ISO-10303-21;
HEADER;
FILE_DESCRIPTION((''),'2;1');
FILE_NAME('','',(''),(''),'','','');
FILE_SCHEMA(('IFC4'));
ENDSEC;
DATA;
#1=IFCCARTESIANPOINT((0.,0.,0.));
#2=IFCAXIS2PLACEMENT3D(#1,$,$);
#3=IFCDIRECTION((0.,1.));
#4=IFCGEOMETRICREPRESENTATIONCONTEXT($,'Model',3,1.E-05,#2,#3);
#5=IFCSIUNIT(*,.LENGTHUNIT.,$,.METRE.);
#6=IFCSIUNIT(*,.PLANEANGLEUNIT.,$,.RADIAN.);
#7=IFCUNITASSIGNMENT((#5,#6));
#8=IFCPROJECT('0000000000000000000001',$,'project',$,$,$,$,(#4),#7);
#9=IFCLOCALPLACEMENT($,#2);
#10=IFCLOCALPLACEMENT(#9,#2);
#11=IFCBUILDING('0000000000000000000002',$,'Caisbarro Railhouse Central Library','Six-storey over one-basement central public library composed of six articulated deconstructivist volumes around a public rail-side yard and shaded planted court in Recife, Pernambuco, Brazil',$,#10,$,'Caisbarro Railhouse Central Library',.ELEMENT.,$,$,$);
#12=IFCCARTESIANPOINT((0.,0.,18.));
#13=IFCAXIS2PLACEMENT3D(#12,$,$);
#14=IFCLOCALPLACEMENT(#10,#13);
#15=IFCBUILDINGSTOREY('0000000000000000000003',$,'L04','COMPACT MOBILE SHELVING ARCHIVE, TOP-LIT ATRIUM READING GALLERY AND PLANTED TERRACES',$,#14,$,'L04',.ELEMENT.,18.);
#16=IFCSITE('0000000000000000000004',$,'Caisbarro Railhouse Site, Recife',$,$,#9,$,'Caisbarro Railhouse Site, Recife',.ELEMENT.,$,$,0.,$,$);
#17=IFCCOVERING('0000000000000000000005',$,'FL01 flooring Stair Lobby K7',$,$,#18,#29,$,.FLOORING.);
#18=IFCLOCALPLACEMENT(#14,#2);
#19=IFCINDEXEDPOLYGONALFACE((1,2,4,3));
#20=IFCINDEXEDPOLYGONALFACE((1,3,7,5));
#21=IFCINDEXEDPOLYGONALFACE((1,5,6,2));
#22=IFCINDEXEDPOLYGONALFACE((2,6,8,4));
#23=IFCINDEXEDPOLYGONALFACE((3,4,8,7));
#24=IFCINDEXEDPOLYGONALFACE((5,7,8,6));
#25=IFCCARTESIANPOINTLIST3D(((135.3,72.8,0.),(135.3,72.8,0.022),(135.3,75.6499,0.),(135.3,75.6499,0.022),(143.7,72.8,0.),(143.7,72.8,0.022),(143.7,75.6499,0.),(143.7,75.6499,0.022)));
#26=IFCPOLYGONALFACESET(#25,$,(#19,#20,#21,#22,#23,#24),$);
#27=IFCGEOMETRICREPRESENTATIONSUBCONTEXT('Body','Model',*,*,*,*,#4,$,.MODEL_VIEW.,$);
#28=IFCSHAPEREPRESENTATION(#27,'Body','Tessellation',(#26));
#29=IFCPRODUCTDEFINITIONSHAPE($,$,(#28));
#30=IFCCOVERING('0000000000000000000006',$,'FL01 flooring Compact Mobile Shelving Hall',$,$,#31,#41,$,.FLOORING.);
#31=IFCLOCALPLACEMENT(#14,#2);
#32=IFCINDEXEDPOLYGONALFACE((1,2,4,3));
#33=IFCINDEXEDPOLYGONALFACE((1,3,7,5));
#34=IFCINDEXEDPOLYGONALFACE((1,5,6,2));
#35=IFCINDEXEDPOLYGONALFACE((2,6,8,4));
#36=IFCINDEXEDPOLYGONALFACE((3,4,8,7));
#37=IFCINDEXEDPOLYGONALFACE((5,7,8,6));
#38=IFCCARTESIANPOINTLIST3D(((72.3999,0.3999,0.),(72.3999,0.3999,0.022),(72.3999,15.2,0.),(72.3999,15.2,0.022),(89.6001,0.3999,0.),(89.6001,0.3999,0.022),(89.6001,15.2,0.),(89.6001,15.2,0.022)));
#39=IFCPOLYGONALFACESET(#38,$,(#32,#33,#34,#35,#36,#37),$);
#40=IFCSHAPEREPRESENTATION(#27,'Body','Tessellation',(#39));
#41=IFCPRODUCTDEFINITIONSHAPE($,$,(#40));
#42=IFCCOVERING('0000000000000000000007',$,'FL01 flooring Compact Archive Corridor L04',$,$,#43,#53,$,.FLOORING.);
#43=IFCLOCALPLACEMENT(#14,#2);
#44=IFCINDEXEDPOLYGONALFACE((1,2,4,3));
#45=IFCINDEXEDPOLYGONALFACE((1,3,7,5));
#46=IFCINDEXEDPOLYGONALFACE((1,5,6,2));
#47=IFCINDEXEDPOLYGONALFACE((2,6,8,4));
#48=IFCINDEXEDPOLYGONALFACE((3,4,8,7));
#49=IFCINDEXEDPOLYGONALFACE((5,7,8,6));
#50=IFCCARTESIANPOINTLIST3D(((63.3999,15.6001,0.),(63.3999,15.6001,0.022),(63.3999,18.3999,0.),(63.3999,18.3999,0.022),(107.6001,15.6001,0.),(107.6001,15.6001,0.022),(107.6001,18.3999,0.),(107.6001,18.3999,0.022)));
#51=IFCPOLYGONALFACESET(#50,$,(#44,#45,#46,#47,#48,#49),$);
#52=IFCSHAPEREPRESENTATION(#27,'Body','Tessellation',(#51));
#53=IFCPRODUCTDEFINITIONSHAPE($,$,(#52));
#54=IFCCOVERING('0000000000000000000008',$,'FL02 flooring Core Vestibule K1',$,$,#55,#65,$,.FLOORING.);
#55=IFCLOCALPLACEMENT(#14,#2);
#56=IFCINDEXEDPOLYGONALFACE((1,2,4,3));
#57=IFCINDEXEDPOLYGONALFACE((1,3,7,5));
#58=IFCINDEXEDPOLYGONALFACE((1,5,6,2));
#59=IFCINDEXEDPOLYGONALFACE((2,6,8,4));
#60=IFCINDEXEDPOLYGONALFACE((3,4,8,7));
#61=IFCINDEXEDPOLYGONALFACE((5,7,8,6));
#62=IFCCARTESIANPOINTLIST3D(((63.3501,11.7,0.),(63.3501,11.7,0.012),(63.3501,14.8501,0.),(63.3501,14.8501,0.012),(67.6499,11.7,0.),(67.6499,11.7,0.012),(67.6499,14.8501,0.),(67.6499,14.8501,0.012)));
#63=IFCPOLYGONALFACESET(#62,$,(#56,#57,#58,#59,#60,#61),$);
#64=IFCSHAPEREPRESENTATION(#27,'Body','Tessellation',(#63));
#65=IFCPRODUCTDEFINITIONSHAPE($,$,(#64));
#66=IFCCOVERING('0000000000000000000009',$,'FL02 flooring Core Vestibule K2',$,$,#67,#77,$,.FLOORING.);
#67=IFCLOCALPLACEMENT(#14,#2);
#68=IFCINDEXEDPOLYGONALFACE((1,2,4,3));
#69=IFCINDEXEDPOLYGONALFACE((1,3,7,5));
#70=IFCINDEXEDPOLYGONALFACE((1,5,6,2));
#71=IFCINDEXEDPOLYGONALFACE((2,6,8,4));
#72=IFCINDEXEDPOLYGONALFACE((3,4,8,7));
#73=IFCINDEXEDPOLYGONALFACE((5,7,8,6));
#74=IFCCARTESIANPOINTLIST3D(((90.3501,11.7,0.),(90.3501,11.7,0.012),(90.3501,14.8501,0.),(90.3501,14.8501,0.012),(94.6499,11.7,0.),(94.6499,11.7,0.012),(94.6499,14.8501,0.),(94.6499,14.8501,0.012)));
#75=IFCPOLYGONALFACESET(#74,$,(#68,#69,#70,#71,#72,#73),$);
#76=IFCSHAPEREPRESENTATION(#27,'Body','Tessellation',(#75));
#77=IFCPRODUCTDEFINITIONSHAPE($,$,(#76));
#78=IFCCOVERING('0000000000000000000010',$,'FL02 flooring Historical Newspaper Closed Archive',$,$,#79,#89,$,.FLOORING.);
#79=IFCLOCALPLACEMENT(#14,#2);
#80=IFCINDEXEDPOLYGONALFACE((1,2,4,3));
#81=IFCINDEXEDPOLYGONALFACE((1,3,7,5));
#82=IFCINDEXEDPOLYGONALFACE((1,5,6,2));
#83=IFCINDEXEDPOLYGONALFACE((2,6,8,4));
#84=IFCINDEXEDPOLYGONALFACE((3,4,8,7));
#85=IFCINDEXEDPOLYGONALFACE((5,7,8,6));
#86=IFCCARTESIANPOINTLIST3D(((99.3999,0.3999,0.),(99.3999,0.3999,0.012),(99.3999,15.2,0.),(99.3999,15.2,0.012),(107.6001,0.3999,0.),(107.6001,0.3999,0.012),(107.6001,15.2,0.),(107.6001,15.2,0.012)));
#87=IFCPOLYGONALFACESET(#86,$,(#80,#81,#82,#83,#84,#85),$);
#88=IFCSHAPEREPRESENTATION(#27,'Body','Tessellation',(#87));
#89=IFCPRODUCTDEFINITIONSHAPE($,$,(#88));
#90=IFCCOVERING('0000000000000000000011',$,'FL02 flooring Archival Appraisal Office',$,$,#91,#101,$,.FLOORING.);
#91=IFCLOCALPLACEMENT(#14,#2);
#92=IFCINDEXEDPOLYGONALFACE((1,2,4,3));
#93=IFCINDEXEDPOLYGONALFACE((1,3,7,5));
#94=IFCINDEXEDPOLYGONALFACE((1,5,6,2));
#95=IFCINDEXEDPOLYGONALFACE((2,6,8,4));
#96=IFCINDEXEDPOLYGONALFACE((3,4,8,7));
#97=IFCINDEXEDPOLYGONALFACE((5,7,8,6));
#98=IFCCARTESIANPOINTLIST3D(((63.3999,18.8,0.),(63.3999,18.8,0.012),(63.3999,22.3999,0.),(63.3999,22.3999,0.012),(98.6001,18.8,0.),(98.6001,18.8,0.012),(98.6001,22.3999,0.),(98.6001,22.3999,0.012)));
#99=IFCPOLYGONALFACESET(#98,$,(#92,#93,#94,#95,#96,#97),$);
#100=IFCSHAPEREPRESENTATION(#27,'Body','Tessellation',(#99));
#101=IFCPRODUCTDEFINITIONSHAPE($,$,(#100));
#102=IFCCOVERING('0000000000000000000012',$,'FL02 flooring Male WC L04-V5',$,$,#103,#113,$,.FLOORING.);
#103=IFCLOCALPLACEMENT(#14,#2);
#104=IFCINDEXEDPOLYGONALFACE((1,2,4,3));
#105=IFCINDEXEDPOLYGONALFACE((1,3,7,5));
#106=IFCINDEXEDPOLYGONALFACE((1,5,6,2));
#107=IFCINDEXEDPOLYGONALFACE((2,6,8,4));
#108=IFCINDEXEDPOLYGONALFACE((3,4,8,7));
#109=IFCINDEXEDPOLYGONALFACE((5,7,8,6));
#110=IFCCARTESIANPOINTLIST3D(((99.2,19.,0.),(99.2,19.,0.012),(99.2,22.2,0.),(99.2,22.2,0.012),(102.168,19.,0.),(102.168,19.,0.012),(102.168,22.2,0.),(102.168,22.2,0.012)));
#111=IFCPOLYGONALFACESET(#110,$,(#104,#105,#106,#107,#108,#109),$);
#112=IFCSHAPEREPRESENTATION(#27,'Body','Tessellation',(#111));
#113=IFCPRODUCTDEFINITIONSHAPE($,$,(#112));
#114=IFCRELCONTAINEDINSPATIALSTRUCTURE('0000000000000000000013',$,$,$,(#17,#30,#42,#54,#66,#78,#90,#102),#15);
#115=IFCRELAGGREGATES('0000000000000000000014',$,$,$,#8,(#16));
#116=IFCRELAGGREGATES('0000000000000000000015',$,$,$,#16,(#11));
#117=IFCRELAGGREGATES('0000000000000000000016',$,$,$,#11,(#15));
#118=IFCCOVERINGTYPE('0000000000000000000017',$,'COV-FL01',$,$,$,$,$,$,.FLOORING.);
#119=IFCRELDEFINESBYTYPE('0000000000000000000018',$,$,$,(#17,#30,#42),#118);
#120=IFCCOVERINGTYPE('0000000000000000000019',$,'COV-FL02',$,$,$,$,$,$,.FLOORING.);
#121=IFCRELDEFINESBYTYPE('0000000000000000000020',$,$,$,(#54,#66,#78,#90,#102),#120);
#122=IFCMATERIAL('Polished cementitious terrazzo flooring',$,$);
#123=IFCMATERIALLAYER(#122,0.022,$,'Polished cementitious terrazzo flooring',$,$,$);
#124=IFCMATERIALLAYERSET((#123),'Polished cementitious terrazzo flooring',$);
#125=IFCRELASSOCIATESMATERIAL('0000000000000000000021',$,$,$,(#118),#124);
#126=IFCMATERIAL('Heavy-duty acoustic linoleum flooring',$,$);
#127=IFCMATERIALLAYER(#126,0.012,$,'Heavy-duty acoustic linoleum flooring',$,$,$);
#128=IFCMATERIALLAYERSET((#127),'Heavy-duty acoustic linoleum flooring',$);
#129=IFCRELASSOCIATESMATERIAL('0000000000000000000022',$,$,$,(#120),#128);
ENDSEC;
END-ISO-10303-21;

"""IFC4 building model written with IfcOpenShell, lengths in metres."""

from ifc_helpers import new_model, si_unit, direction, frame, origin, place, context, subcontext, project, spatial, polyline, outline, extrude, material, layer, layer_set, type_object, element, save


model = new_model("IFC4")

# Units and contexts
model_context = context("Model", 3, precision=1e-05, world=origin(), true_north=direction((0.0, 1.0)))
body_context = subcontext(model_context, "Body", "Model", "MODEL_VIEW")
ifc_project = project(units=[si_unit("LENGTHUNIT", "METRE"), si_unit("PLANEANGLEUNIT", "RADIAN")], contexts=[model_context])

# Site, building, storey
site_placement = place(None, origin())
site = spatial("IfcSite", under=ifc_project, at=site_placement, Name="Caisbarro Railhouse Site, Recife", LongName="Caisbarro Railhouse Site, Recife", CompositionType="ELEMENT", RefElevation=0.0)
building_placement = place(site_placement, origin())
building = spatial("IfcBuilding", under=site, at=building_placement, Name="Caisbarro Railhouse Central Library", Description="Six-storey over one-basement central public library composed of six articulated deconstructivist volumes around a public rail-side yard and shaded planted court in Recife, Pernambuco, Brazil", LongName="Caisbarro Railhouse Central Library", CompositionType="ELEMENT")
storey_placement = place(building_placement, frame((0.0, 0.0, 18.0)))
storey = spatial("IfcBuildingStorey", under=building, at=storey_placement, Name="L04", Description="COMPACT MOBILE SHELVING ARCHIVE, TOP-LIT ATRIUM READING GALLERY AND PLANTED TERRACES", LongName="L04", CompositionType="ELEMENT", Elevation=18.0)

# Coverings
ifc_material_1 = material(Name="Polished cementitious terrazzo flooring")
ifc_layer_1 = layer(ifc_material_1, 0.022, Name="Polished cementitious terrazzo flooring")
ifc_layer_set_1 = layer_set([ifc_layer_1], Name="Polished cementitious terrazzo flooring")
covering_type_1 = type_object("IfcCoveringType", Name="COV-FL01", PredefinedType="FLOORING", material=ifc_layer_set_1)
covering_1_placement = place(storey_placement, origin())
element("IfcCovering", 1, at=covering_1_placement, inside=storey, type_object=covering_type_1, Name="FL01 flooring Stair Lobby K7", PredefinedType="FLOORING", context=body_context, shape_type="SweptSolid", body=[
    extrude(outline(polyline([(135.3, 72.8), (143.7, 72.8), (143.7, 75.6499), (135.3, 75.6499), (135.3, 72.8)])), origin(), (0.0, 0.0, 1.0), 0.022),
])
covering_2_placement = place(storey_placement, origin())
element("IfcCovering", 2, at=covering_2_placement, inside=storey, type_object=covering_type_1, Name="FL01 flooring Compact Mobile Shelving Hall", PredefinedType="FLOORING", context=body_context, shape_type="SweptSolid", body=[
    extrude(outline(polyline([(72.3999, 0.3999), (89.6001, 0.3999), (89.6001, 15.2), (72.3999, 15.2), (72.3999, 0.3999)])), origin(), (0.0, 0.0, 1.0), 0.022),
])
covering_3_placement = place(storey_placement, origin())
element("IfcCovering", 3, at=covering_3_placement, inside=storey, type_object=covering_type_1, Name="FL01 flooring Compact Archive Corridor L04", PredefinedType="FLOORING", context=body_context, shape_type="SweptSolid", body=[
    extrude(outline(polyline([(63.3999, 15.6001), (107.6001, 15.6001), (107.6001, 18.3999), (63.3999, 18.3999), (63.3999, 15.6001)])), origin(), (0.0, 0.0, 1.0), 0.022),
])
ifc_material_2 = material(Name="Heavy-duty acoustic linoleum flooring")
ifc_layer_2 = layer(ifc_material_2, 0.012, Name="Heavy-duty acoustic linoleum flooring")
ifc_layer_set_2 = layer_set([ifc_layer_2], Name="Heavy-duty acoustic linoleum flooring")
covering_type_2 = type_object("IfcCoveringType", Name="COV-FL02", PredefinedType="FLOORING", material=ifc_layer_set_2)
covering_4_placement = place(storey_placement, origin())
element("IfcCovering", 4, at=covering_4_placement, inside=storey, type_object=covering_type_2, Name="FL02 flooring Core Vestibule K1", PredefinedType="FLOORING", context=body_context, shape_type="SweptSolid", body=[
    extrude(outline(polyline([(63.3501, 11.7), (67.6499, 11.7), (67.6499, 14.8501), (63.3501, 14.8501), (63.3501, 11.7)])), origin(), (0.0, 0.0, 1.0), 0.012),
])
covering_5_placement = place(storey_placement, origin())
element("IfcCovering", 5, at=covering_5_placement, inside=storey, type_object=covering_type_2, Name="FL02 flooring Core Vestibule K2", PredefinedType="FLOORING", context=body_context, shape_type="SweptSolid", body=[
    extrude(outline(polyline([(90.3501, 11.7), (94.6499, 11.7), (94.6499, 14.8501), (90.3501, 14.8501), (90.3501, 11.7)])), origin(), (0.0, 0.0, 1.0), 0.012),
])
covering_6_placement = place(storey_placement, origin())
element("IfcCovering", 6, at=covering_6_placement, inside=storey, type_object=covering_type_2, Name="FL02 flooring Historical Newspaper Closed Archive", PredefinedType="FLOORING", context=body_context, shape_type="SweptSolid", body=[
    extrude(outline(polyline([(99.3999, 0.3999), (107.6001, 0.3999), (107.6001, 15.2), (99.3999, 15.2), (99.3999, 0.3999)])), origin(), (0.0, 0.0, 1.0), 0.012),
])
covering_7_placement = place(storey_placement, origin())
element("IfcCovering", 7, at=covering_7_placement, inside=storey, type_object=covering_type_2, Name="FL02 flooring Archival Appraisal Office", PredefinedType="FLOORING", context=body_context, shape_type="SweptSolid", body=[
    extrude(outline(polyline([(63.3999, 18.8), (98.6001, 18.8), (98.6001, 22.3999), (63.3999, 22.3999), (63.3999, 18.8)])), origin(), (0.0, 0.0, 1.0), 0.012),
])
covering_8_placement = place(storey_placement, origin())
element("IfcCovering", 8, at=covering_8_placement, inside=storey, type_object=covering_type_2, Name="FL02 flooring Male WC L04-V5", PredefinedType="FLOORING", context=body_context, shape_type="SweptSolid", body=[
    extrude(outline(polyline([(99.2, 19.0), (102.168, 19.0), (102.168, 22.2), (99.2, 22.2), (99.2, 19.0)])), origin(), (0.0, 0.0, 1.0), 0.012),
])

save(model, "model.ifc")
